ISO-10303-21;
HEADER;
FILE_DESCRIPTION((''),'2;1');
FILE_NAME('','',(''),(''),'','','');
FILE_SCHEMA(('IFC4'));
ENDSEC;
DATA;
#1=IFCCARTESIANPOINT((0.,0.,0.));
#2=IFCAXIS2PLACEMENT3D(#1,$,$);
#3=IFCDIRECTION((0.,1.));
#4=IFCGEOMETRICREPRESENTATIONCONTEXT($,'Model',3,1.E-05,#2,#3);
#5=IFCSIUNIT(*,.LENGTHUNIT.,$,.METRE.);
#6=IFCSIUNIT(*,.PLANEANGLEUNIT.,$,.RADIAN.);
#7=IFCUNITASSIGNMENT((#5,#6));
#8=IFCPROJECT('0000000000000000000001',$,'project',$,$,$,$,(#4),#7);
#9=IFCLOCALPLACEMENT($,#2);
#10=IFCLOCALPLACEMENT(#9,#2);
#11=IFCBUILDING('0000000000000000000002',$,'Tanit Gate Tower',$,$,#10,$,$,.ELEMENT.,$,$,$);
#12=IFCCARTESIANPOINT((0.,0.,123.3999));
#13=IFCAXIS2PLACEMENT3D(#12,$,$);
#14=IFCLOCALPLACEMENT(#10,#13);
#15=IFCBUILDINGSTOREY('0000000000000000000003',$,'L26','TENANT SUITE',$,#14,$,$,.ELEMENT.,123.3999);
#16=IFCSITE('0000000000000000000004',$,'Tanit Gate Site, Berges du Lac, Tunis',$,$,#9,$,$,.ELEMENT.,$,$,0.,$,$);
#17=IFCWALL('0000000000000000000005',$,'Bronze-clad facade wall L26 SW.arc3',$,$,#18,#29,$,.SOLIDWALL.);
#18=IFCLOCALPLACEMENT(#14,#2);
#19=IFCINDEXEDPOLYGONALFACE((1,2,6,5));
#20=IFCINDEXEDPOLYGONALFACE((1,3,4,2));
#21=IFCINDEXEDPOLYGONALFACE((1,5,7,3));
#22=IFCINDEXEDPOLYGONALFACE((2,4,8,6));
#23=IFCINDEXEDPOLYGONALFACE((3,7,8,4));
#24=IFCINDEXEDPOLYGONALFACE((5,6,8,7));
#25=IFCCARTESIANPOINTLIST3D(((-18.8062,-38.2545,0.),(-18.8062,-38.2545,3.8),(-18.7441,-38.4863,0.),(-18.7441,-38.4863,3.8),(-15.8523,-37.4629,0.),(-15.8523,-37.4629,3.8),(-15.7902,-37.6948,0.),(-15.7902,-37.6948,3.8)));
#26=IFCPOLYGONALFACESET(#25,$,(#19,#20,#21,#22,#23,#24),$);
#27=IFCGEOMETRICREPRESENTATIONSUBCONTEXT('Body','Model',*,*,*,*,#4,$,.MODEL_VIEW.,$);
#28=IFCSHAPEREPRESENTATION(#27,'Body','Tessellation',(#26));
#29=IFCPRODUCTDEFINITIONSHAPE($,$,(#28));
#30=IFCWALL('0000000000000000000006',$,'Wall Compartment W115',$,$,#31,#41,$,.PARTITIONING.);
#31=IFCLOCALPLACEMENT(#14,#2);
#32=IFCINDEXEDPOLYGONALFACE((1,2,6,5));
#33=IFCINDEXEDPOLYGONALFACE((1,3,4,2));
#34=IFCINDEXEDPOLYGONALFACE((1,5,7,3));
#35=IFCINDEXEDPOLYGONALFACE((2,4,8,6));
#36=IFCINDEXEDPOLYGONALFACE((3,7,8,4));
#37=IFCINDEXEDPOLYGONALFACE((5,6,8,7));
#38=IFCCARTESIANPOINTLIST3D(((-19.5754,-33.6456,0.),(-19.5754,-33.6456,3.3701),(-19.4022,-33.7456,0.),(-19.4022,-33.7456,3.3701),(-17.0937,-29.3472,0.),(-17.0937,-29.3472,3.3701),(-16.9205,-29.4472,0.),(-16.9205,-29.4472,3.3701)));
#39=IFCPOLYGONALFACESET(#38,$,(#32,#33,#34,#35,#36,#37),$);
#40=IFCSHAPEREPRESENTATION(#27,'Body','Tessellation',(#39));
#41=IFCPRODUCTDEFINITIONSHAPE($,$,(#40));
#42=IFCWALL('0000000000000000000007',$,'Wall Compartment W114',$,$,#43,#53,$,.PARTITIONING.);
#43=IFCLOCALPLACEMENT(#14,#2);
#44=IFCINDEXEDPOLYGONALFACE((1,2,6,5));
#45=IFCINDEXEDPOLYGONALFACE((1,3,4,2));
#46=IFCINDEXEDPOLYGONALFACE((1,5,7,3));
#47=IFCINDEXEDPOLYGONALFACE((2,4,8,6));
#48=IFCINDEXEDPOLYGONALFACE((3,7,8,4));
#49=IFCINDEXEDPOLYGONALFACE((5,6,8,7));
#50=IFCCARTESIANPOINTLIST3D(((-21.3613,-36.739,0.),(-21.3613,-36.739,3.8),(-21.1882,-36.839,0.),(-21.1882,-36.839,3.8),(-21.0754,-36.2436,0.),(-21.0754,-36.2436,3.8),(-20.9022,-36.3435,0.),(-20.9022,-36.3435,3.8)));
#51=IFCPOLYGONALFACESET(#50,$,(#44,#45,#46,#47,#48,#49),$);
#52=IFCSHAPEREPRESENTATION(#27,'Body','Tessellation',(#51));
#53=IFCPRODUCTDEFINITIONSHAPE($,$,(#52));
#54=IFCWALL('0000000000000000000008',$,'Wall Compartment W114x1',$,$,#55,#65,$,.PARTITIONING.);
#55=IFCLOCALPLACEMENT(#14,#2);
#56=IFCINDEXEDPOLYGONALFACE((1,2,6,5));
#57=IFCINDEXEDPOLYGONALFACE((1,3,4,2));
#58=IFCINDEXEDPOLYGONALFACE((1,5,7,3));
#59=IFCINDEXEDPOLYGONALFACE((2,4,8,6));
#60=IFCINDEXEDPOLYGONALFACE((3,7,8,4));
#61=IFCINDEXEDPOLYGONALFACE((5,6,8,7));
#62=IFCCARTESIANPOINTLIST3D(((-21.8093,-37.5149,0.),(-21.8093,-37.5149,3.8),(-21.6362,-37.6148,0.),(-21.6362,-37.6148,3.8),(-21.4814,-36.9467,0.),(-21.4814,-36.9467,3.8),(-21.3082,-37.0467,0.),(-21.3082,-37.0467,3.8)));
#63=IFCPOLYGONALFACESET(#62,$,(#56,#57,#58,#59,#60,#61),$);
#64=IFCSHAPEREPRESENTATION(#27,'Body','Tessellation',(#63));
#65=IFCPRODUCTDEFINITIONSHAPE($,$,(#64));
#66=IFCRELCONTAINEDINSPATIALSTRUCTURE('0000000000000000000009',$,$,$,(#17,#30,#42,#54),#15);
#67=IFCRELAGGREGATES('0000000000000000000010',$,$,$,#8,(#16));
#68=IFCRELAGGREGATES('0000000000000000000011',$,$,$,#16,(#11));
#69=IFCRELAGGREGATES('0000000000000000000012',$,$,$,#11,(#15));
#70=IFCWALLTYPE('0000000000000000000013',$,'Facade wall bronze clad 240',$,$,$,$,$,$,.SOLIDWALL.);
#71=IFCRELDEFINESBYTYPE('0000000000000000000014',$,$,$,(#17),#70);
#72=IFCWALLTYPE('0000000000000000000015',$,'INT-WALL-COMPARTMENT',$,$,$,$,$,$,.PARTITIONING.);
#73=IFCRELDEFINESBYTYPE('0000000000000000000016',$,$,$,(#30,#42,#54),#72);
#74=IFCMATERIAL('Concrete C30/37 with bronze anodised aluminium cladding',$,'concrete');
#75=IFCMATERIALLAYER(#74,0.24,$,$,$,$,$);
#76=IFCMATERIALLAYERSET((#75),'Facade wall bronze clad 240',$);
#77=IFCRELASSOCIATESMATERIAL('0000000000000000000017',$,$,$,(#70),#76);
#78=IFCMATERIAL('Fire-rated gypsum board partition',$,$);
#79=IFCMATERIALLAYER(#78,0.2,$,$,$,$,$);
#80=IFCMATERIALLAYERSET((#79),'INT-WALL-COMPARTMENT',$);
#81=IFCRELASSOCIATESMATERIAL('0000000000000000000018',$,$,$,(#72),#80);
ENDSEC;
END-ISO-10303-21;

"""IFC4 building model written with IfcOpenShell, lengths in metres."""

from ifc_helpers import new_model, si_unit, direction, frame, frame_2d, origin, place, context, subcontext, project, spatial, rectangle, extrude, material, layer, layer_set, type_object, element, save


model = new_model("IFC4")

# Units and contexts
model_context = context("Model", 3, precision=1e-05, world=origin(), true_north=direction((0.0, 1.0)))
body_context = subcontext(model_context, "Body", "Model", "MODEL_VIEW")
ifc_project = project(units=[si_unit("LENGTHUNIT", "METRE"), si_unit("PLANEANGLEUNIT", "RADIAN")], contexts=[model_context])

# Site, building, storey
site_placement = place(None, origin())
site = spatial("IfcSite", under=ifc_project, at=site_placement, Name="Tanit Gate Site, Berges du Lac, Tunis", CompositionType="ELEMENT", RefElevation=0.0)
building_placement = place(site_placement, origin())
building = spatial("IfcBuilding", under=site, at=building_placement, Name="Tanit Gate Tower", CompositionType="ELEMENT")
storey_placement = place(building_placement, frame((0.0, 0.0, 123.3999)))
storey = spatial("IfcBuildingStorey", under=building, at=storey_placement, Name="L26", Description="TENANT SUITE", CompositionType="ELEMENT", Elevation=123.3999)

# Walls
ifc_material_1 = material(Name="Concrete C30/37 with bronze anodised aluminium cladding", Category="concrete")
ifc_layer_1 = layer(ifc_material_1, 0.24)
ifc_layer_set_1 = layer_set([ifc_layer_1], Name="Facade wall bronze clad 240")
wall_type_1 = type_object("IfcWallType", Name="Facade wall bronze clad 240", PredefinedType="SOLIDWALL", material=ifc_layer_set_1)
wall_1_placement = place(storey_placement, frame((-18.7751, -38.3704, 0.0), z_axis=(0.0, 0.0, 1.0), x_axis=(0.965924, 0.258825, 0.0)))
element("IfcWall", 1, at=wall_1_placement, inside=storey, type_object=wall_type_1, Name="Bronze-clad facade wall L26 SW.arc3", PredefinedType="SOLIDWALL", context=body_context, shape_type="SweptSolid", body=[
    extrude(rectangle(XDim=3.0581, YDim=0.24, at=frame_2d((1.5291, 0.0))), origin(), (0.0, 0.0, 1.0), 3.8),
])
ifc_material_2 = material(Name="Fire-rated gypsum board partition")
ifc_layer_2 = layer(ifc_material_2, 0.2)
ifc_layer_set_2 = layer_set([ifc_layer_2], Name="INT-WALL-COMPARTMENT")
wall_type_2 = type_object("IfcWallType", Name="INT-WALL-COMPARTMENT", PredefinedType="PARTITIONING", material=ifc_layer_set_2)
wall_2_placement = place(storey_placement, frame((-17.0071, -29.3972, 0.0), z_axis=(0.0, 0.0, 1.0), x_axis=(-0.500006, -0.866022, 0.0)))
element("IfcWall", 2, at=wall_2_placement, inside=storey, type_object=wall_type_2, Name="Wall Compartment W115", PredefinedType="PARTITIONING", context=body_context, shape_type="SweptSolid", body=[
    extrude(rectangle(XDim=4.9634, YDim=0.2, at=frame_2d((2.4817, 0.0))), origin(), (0.0, 0.0, 1.0), 3.3701),
])
wall_3_placement = place(storey_placement, frame((-20.9888, -36.2935, 0.0), z_axis=(0.0, 0.0, 1.0), x_axis=(-0.499858, -0.866107, 0.0)))
element("IfcWall", 3, at=wall_3_placement, inside=storey, type_object=wall_type_2, Name="Wall Compartment W114", PredefinedType="PARTITIONING", context=body_context, shape_type="SweptSolid", body=[
    extrude(rectangle(XDim=0.572, YDim=0.2, at=frame_2d((0.2861, 0.0))), origin(), (0.0, 0.0, 1.0), 3.8),
])
wall_4_placement = place(storey_placement, frame((-21.3948, -36.9966, 0.0), z_axis=(0.0, 0.0, 1.0), x_axis=(-0.499862, -0.866105, 0.0)))
element("IfcWall", 4, at=wall_4_placement, inside=storey, type_object=wall_type_2, Name="Wall Compartment W114x1", PredefinedType="PARTITIONING", context=body_context, shape_type="SweptSolid", body=[
    extrude(rectangle(XDim=0.656, YDim=0.2, at=frame_2d((0.3281, 0.0))), origin(), (0.0, 0.0, 1.0), 3.8),
])

save(model, "model.ifc")
